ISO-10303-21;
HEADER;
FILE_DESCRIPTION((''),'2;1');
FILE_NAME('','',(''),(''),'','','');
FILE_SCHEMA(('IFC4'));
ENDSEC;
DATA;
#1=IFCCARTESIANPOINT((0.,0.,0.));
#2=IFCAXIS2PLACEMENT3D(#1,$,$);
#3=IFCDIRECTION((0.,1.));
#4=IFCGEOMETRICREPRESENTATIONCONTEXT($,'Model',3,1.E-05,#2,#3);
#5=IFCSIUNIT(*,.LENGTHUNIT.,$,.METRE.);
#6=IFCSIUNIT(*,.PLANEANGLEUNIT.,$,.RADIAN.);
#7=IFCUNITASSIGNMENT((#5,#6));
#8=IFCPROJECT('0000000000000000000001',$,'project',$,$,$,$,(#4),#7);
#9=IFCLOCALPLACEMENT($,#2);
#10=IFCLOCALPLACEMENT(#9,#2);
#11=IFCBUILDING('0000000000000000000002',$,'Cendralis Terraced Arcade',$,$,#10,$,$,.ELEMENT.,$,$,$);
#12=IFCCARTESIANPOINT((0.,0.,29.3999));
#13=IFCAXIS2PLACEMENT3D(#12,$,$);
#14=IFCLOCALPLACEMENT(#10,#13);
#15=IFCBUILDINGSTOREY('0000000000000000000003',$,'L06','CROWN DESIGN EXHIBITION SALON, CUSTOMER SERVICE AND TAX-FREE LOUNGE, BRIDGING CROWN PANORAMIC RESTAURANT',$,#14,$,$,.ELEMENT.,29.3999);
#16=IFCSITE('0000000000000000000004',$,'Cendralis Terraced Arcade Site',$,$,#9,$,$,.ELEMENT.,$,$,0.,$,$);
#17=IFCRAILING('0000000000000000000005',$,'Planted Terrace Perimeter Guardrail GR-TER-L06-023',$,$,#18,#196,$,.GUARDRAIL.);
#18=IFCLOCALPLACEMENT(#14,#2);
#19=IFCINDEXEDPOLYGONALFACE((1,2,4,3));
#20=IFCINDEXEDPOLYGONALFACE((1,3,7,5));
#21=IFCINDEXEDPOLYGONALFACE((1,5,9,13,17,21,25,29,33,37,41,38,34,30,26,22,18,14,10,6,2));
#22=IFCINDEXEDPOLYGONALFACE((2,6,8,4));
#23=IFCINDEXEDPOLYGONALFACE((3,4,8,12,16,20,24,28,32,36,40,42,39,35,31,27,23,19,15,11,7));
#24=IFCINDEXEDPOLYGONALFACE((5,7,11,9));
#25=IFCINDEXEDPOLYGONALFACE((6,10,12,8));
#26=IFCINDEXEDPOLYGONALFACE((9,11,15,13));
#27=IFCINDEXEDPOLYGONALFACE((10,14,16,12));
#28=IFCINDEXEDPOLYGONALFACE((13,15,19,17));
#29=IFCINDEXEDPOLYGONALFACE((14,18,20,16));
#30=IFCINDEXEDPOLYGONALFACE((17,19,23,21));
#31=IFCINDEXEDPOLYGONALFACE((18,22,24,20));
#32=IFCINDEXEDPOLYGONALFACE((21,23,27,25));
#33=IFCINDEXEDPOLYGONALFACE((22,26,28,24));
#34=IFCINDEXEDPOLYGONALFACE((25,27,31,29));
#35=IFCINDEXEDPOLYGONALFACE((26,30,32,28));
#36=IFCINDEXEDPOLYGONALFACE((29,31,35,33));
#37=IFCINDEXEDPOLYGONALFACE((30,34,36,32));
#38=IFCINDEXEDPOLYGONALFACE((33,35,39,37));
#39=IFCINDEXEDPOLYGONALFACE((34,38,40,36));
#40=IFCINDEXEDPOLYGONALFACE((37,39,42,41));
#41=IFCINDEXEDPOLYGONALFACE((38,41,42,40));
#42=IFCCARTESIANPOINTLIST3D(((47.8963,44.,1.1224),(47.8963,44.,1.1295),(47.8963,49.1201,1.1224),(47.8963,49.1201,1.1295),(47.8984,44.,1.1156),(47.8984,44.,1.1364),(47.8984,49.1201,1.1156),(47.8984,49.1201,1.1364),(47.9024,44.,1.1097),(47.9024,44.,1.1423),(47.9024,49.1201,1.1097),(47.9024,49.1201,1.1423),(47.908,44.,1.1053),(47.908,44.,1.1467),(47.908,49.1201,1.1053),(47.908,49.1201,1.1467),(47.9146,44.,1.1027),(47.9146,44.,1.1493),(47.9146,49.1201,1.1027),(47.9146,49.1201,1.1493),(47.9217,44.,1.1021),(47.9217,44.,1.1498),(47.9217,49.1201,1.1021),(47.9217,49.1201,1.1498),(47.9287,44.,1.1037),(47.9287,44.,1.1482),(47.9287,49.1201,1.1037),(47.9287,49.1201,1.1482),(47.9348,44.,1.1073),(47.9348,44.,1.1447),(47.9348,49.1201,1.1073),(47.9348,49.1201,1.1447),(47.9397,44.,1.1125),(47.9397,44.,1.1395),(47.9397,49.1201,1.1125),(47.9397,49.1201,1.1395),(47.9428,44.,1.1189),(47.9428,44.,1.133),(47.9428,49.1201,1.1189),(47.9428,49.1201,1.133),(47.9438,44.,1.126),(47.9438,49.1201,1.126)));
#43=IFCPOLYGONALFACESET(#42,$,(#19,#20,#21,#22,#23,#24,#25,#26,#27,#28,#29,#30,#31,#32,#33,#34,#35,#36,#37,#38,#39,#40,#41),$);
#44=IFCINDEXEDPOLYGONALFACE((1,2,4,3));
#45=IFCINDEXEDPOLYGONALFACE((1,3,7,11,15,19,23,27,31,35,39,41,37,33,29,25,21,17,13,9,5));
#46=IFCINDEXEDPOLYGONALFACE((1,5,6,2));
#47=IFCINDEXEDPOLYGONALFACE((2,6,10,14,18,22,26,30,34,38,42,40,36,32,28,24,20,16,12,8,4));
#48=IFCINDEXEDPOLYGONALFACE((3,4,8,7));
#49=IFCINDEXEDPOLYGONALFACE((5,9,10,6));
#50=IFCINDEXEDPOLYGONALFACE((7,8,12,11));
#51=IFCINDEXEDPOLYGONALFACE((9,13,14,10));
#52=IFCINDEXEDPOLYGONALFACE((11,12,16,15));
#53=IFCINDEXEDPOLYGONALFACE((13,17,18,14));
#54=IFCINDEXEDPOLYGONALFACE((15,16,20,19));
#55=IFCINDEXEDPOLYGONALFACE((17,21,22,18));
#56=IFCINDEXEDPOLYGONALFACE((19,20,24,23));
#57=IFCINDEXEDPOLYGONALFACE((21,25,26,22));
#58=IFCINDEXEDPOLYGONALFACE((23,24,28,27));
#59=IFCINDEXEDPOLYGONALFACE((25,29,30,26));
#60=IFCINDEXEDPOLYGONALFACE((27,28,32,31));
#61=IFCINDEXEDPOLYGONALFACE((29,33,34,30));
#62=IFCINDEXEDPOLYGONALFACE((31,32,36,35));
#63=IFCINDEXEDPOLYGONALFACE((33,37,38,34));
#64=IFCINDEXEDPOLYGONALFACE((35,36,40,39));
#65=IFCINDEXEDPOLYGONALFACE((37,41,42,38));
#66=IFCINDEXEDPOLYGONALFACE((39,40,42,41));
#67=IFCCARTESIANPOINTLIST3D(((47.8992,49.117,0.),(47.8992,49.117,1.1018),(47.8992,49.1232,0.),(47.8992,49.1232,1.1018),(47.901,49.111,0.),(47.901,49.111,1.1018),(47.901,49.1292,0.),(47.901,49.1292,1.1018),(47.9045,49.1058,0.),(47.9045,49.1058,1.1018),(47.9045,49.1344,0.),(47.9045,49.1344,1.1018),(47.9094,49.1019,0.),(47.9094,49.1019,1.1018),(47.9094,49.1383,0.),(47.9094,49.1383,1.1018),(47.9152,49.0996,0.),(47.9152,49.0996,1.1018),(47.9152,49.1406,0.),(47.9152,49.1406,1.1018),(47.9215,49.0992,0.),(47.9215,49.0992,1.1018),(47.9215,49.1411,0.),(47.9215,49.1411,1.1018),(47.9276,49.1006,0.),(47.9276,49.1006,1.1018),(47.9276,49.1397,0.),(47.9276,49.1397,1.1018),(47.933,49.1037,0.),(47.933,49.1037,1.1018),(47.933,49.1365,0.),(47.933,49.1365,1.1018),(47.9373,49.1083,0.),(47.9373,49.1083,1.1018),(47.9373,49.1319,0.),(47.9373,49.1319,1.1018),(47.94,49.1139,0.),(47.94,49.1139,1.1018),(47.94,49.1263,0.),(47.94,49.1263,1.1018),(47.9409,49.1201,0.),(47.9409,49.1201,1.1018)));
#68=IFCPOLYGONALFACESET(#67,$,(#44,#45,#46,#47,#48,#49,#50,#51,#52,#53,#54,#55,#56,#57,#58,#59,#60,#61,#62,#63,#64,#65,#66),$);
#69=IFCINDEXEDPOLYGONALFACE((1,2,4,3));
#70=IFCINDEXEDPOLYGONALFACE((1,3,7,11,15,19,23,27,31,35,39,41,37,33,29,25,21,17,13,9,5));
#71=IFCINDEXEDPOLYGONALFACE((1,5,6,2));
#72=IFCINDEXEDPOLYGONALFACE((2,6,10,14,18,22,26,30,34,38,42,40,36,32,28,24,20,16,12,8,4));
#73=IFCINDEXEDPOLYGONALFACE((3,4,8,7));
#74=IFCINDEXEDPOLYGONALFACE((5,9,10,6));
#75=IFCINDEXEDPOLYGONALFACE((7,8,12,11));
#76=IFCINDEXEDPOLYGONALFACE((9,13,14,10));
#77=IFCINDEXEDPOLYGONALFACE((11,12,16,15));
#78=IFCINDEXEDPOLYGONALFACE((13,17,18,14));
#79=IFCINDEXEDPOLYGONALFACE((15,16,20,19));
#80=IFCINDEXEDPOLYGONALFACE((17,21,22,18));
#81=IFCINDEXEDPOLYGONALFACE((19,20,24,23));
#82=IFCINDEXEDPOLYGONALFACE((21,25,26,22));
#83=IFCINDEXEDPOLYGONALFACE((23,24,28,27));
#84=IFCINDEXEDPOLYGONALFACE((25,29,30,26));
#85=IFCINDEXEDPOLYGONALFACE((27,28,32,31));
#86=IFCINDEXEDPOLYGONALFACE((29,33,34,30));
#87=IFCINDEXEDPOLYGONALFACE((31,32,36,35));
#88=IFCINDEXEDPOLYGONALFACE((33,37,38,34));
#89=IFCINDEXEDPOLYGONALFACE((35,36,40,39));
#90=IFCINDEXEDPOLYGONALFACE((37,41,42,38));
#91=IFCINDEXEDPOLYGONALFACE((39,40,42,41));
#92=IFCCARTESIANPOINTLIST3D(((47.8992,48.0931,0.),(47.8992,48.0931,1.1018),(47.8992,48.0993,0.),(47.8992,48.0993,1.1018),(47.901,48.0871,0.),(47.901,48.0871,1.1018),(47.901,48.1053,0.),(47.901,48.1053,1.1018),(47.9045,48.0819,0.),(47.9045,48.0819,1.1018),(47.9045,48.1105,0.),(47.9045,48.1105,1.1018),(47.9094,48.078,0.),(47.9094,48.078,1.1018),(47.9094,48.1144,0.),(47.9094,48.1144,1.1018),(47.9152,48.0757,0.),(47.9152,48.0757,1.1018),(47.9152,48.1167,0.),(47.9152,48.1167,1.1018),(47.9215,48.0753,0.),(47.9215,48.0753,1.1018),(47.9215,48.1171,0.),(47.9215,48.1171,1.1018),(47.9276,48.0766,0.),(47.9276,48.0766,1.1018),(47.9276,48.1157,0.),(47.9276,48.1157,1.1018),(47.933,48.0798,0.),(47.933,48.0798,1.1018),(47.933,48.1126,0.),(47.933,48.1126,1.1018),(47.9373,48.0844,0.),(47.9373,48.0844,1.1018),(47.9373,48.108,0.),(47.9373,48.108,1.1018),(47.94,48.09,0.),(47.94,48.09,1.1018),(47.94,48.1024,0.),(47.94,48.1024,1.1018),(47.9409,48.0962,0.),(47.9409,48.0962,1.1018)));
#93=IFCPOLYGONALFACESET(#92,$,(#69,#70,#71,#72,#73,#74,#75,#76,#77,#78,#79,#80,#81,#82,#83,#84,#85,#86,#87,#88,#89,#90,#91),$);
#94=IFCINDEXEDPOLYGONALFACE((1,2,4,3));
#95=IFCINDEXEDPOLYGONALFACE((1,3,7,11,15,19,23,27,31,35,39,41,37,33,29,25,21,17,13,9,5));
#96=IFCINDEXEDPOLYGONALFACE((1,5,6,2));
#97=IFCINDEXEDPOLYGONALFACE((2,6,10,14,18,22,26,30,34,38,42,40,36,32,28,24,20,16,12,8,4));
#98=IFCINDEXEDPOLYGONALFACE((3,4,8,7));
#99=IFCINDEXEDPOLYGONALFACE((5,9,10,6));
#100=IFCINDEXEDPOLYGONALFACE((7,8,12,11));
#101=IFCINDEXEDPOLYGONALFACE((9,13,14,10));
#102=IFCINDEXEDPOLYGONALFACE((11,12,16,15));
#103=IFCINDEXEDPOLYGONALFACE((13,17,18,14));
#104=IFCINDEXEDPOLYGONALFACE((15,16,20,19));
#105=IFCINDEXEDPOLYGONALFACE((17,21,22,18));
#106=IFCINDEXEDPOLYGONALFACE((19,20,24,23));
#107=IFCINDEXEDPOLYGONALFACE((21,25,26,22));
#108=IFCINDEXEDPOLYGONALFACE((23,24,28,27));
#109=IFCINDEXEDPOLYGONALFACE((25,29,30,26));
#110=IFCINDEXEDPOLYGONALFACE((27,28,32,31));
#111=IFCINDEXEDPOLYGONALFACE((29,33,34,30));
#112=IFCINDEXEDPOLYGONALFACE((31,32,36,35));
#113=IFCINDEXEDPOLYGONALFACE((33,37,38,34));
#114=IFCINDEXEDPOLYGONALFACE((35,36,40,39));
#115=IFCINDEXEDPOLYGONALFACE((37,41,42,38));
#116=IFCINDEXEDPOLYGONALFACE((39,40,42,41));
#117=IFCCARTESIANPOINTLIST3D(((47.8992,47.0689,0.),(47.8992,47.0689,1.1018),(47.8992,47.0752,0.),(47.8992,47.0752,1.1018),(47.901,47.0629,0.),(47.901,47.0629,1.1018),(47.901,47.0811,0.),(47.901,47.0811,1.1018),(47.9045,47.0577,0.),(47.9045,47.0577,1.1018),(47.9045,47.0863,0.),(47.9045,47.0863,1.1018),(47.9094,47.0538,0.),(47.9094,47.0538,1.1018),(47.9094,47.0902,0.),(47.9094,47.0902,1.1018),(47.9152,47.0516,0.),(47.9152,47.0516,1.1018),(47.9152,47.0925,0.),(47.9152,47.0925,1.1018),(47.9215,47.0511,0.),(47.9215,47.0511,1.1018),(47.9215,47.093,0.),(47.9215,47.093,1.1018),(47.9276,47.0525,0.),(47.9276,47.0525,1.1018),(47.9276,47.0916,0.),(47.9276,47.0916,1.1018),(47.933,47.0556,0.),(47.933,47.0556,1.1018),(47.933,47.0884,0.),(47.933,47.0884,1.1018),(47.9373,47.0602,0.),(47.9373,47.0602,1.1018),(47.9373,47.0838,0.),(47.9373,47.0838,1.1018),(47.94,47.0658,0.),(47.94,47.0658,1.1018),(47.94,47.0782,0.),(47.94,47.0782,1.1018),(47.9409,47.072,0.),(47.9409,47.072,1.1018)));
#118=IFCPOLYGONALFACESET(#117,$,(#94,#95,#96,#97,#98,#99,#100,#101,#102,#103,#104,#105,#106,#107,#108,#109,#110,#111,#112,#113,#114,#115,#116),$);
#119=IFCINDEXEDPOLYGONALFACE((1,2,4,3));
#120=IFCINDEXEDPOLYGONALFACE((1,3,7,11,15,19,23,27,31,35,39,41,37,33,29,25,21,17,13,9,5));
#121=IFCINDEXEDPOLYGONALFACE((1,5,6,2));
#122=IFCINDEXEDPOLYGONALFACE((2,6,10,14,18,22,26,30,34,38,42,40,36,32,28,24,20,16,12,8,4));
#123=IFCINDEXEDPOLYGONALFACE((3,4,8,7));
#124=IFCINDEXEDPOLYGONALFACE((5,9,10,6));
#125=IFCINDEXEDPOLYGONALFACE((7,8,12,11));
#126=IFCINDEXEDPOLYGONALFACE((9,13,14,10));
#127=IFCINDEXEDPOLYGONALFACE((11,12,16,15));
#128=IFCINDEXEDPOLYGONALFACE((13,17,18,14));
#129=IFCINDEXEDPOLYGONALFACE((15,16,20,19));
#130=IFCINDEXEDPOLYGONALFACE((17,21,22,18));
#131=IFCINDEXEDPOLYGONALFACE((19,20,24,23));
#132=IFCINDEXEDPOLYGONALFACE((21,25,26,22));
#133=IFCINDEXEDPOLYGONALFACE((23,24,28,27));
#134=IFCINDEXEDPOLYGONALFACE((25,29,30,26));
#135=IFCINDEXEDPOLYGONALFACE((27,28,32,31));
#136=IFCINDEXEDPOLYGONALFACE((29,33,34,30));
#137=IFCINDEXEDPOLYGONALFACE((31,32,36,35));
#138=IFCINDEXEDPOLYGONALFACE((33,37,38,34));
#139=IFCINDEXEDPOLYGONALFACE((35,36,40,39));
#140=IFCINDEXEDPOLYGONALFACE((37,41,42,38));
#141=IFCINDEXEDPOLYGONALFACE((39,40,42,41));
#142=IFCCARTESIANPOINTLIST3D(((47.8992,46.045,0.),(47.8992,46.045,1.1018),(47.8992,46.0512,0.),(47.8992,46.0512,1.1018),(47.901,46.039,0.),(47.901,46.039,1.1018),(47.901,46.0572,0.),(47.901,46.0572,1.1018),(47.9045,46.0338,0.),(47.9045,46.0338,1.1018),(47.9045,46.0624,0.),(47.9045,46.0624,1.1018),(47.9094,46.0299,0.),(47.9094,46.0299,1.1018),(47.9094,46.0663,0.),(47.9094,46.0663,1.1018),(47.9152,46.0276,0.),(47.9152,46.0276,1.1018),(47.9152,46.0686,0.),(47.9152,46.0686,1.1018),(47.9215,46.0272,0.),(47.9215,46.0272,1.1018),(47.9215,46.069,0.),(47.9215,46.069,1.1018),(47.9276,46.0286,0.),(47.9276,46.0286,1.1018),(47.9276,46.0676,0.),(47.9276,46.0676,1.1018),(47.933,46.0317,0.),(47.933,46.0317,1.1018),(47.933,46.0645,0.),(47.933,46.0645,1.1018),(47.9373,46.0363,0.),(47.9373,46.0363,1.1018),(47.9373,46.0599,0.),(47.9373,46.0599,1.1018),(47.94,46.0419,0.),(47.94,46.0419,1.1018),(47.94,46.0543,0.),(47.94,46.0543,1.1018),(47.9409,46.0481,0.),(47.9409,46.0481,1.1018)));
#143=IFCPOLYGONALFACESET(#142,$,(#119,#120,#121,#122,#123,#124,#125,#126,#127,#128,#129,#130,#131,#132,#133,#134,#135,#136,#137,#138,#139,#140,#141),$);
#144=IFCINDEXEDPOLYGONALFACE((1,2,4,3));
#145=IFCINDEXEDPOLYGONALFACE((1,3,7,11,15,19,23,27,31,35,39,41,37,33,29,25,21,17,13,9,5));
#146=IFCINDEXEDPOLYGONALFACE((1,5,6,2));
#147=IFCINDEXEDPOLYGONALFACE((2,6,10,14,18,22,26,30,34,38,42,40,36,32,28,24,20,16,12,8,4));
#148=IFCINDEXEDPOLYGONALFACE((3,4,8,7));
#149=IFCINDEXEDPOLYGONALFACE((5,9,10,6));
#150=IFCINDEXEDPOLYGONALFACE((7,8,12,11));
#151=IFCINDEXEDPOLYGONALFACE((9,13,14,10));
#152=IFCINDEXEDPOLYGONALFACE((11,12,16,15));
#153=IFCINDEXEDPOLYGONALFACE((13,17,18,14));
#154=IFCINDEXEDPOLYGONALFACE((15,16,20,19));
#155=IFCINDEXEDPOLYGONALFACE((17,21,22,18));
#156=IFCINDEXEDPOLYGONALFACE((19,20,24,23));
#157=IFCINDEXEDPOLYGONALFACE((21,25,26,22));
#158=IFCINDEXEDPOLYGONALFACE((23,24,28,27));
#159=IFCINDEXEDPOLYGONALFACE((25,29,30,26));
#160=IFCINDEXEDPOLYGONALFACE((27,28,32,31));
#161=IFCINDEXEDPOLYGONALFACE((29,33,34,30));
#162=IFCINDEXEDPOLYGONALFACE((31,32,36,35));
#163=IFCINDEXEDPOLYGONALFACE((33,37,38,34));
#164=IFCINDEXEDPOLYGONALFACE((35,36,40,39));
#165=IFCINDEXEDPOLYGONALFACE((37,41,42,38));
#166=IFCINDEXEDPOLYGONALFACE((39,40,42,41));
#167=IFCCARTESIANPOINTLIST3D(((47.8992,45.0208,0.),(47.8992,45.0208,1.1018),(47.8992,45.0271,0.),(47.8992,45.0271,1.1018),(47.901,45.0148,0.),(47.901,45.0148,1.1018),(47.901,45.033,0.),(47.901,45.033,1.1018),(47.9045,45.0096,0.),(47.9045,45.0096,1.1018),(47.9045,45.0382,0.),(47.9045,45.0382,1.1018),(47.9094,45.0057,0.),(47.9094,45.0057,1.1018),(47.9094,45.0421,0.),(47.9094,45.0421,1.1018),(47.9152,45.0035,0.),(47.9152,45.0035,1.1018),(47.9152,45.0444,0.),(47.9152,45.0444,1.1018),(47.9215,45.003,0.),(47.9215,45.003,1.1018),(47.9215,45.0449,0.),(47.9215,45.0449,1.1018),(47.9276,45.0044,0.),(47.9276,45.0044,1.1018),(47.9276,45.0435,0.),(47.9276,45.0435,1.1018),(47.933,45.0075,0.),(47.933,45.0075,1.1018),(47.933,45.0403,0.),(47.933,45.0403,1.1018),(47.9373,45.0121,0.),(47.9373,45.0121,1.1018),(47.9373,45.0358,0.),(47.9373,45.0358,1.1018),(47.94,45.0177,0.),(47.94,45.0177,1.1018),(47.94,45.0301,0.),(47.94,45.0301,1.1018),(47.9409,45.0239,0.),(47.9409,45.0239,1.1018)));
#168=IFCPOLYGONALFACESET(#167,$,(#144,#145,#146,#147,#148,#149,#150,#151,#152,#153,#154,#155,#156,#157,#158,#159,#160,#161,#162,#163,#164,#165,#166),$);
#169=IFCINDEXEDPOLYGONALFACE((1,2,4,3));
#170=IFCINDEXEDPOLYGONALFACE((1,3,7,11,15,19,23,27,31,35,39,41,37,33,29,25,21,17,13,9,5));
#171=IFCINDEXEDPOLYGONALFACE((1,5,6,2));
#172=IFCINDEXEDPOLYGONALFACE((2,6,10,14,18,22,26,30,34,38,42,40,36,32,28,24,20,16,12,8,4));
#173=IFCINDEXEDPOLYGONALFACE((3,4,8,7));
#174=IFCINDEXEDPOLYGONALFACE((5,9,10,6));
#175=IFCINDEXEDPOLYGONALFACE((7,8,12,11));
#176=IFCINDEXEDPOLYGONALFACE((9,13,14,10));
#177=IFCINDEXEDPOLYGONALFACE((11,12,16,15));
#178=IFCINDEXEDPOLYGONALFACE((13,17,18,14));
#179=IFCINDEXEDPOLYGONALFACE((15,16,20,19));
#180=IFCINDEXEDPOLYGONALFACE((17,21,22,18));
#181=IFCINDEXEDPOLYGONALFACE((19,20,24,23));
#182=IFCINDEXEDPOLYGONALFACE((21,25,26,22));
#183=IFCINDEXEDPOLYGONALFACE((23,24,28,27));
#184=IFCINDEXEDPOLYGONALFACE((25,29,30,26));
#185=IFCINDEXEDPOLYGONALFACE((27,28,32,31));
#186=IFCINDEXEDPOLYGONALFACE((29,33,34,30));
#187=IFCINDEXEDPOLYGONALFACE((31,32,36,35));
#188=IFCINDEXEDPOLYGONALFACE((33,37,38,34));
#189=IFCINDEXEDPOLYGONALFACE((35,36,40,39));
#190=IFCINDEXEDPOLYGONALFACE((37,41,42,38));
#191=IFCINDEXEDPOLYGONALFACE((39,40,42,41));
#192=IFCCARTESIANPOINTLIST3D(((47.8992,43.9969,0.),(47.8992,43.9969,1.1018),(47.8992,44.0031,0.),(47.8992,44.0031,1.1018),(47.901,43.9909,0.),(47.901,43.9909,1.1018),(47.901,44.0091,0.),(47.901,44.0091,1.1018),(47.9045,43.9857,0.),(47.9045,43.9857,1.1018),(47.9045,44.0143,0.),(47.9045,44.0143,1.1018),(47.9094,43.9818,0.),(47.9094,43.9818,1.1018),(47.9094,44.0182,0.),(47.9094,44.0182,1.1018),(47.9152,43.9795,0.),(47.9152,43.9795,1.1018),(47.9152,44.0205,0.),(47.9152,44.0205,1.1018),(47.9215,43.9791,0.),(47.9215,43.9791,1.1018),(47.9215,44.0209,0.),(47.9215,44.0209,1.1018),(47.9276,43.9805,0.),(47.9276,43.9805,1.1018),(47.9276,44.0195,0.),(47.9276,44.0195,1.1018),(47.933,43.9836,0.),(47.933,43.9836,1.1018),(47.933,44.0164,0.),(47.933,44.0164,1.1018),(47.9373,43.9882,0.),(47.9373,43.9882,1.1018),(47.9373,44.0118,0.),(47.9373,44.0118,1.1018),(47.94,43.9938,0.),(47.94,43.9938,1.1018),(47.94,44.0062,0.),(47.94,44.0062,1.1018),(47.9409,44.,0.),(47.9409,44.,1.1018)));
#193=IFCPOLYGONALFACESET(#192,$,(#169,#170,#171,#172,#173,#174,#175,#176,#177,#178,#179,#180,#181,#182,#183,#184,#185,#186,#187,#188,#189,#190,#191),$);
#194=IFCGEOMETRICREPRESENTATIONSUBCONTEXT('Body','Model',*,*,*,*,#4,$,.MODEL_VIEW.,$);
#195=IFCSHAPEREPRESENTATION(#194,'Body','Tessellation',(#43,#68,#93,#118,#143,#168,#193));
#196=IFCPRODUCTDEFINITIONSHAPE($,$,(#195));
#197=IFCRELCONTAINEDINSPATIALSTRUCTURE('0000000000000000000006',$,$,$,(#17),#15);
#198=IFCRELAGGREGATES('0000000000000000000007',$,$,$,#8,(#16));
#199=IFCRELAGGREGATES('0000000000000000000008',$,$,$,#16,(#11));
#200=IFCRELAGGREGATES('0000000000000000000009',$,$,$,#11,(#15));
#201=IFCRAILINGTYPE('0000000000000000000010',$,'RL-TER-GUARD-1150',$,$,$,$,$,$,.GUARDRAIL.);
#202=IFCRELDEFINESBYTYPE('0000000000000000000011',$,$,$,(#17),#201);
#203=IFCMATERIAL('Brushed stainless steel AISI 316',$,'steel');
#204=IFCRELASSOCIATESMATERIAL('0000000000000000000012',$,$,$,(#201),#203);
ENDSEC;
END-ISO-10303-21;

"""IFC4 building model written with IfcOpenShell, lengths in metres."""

from ifc_helpers import new_model, si_unit, direction, frame, origin, origin_2d, place, context, subcontext, project, spatial, circle, extrude, material, type_object, element, save


model = new_model("IFC4")

# Units and contexts
model_context = context("Model", 3, precision=1e-05, world=origin(), true_north=direction((0.0, 1.0)))
body_context = subcontext(model_context, "Body", "Model", "MODEL_VIEW")
ifc_project = project(units=[si_unit("LENGTHUNIT", "METRE"), si_unit("PLANEANGLEUNIT", "RADIAN")], contexts=[model_context])

# Site, building, storey
site_placement = place(None, origin())
site = spatial("IfcSite", under=ifc_project, at=site_placement, Name="Cendralis Terraced Arcade Site", CompositionType="ELEMENT", RefElevation=0.0)
building_placement = place(site_placement, origin())
building = spatial("IfcBuilding", under=site, at=building_placement, Name="Cendralis Terraced Arcade", CompositionType="ELEMENT")
storey_placement = place(building_placement, frame((0.0, 0.0, 29.3999)))
storey = spatial("IfcBuildingStorey", under=building, at=storey_placement, Name="L06", Description="CROWN DESIGN EXHIBITION SALON, CUSTOMER SERVICE AND TAX-FREE LOUNGE, BRIDGING CROWN PANORAMIC RESTAURANT", CompositionType="ELEMENT", Elevation=29.3999)

# Railing
ifc_material_1 = material(Name="Brushed stainless steel AISI 316", Category="steel")
railing_type = type_object("IfcRailingType", Name="RL-TER-GUARD-1150", PredefinedType="GUARDRAIL", material=ifc_material_1)
railing_placement = place(storey_placement, frame((47.9199, 49.1201, 0.0)))
element("IfcRailing", 1, at=railing_placement, inside=storey, type_object=railing_type, Name="Planted Terrace Perimeter Guardrail GR-TER-L06-023", PredefinedType="GUARDRAIL", context=body_context, shape_type="SweptSolid", body=[
    extrude(circle(Radius=0.0239, at=origin_2d()), frame((0.0, 0.0, 1.126), z_axis=(0.0, -1.0, 0.0), x_axis=(1.0, 0.0, 0.0)), (0.0, 0.0, 1.0), 5.1201),
    extrude(circle(Radius=0.021, at=origin_2d()), origin(), (0.0, 0.0, 1.0), 1.1018),
    extrude(circle(Radius=0.021, at=origin_2d()), frame((0.0, -1.0239, 0.0)), (0.0, 0.0, 1.0), 1.1018),
    extrude(circle(Radius=0.021, at=origin_2d()), frame((0.0, -2.0481, 0.0)), (0.0, 0.0, 1.0), 1.1018),
    extrude(circle(Radius=0.021, at=origin_2d()), frame((0.0, -3.072, 0.0)), (0.0, 0.0, 1.0), 1.1018),
    extrude(circle(Radius=0.021, at=origin_2d()), frame((0.0, -4.0962, 0.0)), (0.0, 0.0, 1.0), 1.1018),
    extrude(circle(Radius=0.021, at=origin_2d()), frame((0.0, -5.1201, 0.0)), (0.0, 0.0, 1.0), 1.1018),
])

save(model, "model.ifc")
